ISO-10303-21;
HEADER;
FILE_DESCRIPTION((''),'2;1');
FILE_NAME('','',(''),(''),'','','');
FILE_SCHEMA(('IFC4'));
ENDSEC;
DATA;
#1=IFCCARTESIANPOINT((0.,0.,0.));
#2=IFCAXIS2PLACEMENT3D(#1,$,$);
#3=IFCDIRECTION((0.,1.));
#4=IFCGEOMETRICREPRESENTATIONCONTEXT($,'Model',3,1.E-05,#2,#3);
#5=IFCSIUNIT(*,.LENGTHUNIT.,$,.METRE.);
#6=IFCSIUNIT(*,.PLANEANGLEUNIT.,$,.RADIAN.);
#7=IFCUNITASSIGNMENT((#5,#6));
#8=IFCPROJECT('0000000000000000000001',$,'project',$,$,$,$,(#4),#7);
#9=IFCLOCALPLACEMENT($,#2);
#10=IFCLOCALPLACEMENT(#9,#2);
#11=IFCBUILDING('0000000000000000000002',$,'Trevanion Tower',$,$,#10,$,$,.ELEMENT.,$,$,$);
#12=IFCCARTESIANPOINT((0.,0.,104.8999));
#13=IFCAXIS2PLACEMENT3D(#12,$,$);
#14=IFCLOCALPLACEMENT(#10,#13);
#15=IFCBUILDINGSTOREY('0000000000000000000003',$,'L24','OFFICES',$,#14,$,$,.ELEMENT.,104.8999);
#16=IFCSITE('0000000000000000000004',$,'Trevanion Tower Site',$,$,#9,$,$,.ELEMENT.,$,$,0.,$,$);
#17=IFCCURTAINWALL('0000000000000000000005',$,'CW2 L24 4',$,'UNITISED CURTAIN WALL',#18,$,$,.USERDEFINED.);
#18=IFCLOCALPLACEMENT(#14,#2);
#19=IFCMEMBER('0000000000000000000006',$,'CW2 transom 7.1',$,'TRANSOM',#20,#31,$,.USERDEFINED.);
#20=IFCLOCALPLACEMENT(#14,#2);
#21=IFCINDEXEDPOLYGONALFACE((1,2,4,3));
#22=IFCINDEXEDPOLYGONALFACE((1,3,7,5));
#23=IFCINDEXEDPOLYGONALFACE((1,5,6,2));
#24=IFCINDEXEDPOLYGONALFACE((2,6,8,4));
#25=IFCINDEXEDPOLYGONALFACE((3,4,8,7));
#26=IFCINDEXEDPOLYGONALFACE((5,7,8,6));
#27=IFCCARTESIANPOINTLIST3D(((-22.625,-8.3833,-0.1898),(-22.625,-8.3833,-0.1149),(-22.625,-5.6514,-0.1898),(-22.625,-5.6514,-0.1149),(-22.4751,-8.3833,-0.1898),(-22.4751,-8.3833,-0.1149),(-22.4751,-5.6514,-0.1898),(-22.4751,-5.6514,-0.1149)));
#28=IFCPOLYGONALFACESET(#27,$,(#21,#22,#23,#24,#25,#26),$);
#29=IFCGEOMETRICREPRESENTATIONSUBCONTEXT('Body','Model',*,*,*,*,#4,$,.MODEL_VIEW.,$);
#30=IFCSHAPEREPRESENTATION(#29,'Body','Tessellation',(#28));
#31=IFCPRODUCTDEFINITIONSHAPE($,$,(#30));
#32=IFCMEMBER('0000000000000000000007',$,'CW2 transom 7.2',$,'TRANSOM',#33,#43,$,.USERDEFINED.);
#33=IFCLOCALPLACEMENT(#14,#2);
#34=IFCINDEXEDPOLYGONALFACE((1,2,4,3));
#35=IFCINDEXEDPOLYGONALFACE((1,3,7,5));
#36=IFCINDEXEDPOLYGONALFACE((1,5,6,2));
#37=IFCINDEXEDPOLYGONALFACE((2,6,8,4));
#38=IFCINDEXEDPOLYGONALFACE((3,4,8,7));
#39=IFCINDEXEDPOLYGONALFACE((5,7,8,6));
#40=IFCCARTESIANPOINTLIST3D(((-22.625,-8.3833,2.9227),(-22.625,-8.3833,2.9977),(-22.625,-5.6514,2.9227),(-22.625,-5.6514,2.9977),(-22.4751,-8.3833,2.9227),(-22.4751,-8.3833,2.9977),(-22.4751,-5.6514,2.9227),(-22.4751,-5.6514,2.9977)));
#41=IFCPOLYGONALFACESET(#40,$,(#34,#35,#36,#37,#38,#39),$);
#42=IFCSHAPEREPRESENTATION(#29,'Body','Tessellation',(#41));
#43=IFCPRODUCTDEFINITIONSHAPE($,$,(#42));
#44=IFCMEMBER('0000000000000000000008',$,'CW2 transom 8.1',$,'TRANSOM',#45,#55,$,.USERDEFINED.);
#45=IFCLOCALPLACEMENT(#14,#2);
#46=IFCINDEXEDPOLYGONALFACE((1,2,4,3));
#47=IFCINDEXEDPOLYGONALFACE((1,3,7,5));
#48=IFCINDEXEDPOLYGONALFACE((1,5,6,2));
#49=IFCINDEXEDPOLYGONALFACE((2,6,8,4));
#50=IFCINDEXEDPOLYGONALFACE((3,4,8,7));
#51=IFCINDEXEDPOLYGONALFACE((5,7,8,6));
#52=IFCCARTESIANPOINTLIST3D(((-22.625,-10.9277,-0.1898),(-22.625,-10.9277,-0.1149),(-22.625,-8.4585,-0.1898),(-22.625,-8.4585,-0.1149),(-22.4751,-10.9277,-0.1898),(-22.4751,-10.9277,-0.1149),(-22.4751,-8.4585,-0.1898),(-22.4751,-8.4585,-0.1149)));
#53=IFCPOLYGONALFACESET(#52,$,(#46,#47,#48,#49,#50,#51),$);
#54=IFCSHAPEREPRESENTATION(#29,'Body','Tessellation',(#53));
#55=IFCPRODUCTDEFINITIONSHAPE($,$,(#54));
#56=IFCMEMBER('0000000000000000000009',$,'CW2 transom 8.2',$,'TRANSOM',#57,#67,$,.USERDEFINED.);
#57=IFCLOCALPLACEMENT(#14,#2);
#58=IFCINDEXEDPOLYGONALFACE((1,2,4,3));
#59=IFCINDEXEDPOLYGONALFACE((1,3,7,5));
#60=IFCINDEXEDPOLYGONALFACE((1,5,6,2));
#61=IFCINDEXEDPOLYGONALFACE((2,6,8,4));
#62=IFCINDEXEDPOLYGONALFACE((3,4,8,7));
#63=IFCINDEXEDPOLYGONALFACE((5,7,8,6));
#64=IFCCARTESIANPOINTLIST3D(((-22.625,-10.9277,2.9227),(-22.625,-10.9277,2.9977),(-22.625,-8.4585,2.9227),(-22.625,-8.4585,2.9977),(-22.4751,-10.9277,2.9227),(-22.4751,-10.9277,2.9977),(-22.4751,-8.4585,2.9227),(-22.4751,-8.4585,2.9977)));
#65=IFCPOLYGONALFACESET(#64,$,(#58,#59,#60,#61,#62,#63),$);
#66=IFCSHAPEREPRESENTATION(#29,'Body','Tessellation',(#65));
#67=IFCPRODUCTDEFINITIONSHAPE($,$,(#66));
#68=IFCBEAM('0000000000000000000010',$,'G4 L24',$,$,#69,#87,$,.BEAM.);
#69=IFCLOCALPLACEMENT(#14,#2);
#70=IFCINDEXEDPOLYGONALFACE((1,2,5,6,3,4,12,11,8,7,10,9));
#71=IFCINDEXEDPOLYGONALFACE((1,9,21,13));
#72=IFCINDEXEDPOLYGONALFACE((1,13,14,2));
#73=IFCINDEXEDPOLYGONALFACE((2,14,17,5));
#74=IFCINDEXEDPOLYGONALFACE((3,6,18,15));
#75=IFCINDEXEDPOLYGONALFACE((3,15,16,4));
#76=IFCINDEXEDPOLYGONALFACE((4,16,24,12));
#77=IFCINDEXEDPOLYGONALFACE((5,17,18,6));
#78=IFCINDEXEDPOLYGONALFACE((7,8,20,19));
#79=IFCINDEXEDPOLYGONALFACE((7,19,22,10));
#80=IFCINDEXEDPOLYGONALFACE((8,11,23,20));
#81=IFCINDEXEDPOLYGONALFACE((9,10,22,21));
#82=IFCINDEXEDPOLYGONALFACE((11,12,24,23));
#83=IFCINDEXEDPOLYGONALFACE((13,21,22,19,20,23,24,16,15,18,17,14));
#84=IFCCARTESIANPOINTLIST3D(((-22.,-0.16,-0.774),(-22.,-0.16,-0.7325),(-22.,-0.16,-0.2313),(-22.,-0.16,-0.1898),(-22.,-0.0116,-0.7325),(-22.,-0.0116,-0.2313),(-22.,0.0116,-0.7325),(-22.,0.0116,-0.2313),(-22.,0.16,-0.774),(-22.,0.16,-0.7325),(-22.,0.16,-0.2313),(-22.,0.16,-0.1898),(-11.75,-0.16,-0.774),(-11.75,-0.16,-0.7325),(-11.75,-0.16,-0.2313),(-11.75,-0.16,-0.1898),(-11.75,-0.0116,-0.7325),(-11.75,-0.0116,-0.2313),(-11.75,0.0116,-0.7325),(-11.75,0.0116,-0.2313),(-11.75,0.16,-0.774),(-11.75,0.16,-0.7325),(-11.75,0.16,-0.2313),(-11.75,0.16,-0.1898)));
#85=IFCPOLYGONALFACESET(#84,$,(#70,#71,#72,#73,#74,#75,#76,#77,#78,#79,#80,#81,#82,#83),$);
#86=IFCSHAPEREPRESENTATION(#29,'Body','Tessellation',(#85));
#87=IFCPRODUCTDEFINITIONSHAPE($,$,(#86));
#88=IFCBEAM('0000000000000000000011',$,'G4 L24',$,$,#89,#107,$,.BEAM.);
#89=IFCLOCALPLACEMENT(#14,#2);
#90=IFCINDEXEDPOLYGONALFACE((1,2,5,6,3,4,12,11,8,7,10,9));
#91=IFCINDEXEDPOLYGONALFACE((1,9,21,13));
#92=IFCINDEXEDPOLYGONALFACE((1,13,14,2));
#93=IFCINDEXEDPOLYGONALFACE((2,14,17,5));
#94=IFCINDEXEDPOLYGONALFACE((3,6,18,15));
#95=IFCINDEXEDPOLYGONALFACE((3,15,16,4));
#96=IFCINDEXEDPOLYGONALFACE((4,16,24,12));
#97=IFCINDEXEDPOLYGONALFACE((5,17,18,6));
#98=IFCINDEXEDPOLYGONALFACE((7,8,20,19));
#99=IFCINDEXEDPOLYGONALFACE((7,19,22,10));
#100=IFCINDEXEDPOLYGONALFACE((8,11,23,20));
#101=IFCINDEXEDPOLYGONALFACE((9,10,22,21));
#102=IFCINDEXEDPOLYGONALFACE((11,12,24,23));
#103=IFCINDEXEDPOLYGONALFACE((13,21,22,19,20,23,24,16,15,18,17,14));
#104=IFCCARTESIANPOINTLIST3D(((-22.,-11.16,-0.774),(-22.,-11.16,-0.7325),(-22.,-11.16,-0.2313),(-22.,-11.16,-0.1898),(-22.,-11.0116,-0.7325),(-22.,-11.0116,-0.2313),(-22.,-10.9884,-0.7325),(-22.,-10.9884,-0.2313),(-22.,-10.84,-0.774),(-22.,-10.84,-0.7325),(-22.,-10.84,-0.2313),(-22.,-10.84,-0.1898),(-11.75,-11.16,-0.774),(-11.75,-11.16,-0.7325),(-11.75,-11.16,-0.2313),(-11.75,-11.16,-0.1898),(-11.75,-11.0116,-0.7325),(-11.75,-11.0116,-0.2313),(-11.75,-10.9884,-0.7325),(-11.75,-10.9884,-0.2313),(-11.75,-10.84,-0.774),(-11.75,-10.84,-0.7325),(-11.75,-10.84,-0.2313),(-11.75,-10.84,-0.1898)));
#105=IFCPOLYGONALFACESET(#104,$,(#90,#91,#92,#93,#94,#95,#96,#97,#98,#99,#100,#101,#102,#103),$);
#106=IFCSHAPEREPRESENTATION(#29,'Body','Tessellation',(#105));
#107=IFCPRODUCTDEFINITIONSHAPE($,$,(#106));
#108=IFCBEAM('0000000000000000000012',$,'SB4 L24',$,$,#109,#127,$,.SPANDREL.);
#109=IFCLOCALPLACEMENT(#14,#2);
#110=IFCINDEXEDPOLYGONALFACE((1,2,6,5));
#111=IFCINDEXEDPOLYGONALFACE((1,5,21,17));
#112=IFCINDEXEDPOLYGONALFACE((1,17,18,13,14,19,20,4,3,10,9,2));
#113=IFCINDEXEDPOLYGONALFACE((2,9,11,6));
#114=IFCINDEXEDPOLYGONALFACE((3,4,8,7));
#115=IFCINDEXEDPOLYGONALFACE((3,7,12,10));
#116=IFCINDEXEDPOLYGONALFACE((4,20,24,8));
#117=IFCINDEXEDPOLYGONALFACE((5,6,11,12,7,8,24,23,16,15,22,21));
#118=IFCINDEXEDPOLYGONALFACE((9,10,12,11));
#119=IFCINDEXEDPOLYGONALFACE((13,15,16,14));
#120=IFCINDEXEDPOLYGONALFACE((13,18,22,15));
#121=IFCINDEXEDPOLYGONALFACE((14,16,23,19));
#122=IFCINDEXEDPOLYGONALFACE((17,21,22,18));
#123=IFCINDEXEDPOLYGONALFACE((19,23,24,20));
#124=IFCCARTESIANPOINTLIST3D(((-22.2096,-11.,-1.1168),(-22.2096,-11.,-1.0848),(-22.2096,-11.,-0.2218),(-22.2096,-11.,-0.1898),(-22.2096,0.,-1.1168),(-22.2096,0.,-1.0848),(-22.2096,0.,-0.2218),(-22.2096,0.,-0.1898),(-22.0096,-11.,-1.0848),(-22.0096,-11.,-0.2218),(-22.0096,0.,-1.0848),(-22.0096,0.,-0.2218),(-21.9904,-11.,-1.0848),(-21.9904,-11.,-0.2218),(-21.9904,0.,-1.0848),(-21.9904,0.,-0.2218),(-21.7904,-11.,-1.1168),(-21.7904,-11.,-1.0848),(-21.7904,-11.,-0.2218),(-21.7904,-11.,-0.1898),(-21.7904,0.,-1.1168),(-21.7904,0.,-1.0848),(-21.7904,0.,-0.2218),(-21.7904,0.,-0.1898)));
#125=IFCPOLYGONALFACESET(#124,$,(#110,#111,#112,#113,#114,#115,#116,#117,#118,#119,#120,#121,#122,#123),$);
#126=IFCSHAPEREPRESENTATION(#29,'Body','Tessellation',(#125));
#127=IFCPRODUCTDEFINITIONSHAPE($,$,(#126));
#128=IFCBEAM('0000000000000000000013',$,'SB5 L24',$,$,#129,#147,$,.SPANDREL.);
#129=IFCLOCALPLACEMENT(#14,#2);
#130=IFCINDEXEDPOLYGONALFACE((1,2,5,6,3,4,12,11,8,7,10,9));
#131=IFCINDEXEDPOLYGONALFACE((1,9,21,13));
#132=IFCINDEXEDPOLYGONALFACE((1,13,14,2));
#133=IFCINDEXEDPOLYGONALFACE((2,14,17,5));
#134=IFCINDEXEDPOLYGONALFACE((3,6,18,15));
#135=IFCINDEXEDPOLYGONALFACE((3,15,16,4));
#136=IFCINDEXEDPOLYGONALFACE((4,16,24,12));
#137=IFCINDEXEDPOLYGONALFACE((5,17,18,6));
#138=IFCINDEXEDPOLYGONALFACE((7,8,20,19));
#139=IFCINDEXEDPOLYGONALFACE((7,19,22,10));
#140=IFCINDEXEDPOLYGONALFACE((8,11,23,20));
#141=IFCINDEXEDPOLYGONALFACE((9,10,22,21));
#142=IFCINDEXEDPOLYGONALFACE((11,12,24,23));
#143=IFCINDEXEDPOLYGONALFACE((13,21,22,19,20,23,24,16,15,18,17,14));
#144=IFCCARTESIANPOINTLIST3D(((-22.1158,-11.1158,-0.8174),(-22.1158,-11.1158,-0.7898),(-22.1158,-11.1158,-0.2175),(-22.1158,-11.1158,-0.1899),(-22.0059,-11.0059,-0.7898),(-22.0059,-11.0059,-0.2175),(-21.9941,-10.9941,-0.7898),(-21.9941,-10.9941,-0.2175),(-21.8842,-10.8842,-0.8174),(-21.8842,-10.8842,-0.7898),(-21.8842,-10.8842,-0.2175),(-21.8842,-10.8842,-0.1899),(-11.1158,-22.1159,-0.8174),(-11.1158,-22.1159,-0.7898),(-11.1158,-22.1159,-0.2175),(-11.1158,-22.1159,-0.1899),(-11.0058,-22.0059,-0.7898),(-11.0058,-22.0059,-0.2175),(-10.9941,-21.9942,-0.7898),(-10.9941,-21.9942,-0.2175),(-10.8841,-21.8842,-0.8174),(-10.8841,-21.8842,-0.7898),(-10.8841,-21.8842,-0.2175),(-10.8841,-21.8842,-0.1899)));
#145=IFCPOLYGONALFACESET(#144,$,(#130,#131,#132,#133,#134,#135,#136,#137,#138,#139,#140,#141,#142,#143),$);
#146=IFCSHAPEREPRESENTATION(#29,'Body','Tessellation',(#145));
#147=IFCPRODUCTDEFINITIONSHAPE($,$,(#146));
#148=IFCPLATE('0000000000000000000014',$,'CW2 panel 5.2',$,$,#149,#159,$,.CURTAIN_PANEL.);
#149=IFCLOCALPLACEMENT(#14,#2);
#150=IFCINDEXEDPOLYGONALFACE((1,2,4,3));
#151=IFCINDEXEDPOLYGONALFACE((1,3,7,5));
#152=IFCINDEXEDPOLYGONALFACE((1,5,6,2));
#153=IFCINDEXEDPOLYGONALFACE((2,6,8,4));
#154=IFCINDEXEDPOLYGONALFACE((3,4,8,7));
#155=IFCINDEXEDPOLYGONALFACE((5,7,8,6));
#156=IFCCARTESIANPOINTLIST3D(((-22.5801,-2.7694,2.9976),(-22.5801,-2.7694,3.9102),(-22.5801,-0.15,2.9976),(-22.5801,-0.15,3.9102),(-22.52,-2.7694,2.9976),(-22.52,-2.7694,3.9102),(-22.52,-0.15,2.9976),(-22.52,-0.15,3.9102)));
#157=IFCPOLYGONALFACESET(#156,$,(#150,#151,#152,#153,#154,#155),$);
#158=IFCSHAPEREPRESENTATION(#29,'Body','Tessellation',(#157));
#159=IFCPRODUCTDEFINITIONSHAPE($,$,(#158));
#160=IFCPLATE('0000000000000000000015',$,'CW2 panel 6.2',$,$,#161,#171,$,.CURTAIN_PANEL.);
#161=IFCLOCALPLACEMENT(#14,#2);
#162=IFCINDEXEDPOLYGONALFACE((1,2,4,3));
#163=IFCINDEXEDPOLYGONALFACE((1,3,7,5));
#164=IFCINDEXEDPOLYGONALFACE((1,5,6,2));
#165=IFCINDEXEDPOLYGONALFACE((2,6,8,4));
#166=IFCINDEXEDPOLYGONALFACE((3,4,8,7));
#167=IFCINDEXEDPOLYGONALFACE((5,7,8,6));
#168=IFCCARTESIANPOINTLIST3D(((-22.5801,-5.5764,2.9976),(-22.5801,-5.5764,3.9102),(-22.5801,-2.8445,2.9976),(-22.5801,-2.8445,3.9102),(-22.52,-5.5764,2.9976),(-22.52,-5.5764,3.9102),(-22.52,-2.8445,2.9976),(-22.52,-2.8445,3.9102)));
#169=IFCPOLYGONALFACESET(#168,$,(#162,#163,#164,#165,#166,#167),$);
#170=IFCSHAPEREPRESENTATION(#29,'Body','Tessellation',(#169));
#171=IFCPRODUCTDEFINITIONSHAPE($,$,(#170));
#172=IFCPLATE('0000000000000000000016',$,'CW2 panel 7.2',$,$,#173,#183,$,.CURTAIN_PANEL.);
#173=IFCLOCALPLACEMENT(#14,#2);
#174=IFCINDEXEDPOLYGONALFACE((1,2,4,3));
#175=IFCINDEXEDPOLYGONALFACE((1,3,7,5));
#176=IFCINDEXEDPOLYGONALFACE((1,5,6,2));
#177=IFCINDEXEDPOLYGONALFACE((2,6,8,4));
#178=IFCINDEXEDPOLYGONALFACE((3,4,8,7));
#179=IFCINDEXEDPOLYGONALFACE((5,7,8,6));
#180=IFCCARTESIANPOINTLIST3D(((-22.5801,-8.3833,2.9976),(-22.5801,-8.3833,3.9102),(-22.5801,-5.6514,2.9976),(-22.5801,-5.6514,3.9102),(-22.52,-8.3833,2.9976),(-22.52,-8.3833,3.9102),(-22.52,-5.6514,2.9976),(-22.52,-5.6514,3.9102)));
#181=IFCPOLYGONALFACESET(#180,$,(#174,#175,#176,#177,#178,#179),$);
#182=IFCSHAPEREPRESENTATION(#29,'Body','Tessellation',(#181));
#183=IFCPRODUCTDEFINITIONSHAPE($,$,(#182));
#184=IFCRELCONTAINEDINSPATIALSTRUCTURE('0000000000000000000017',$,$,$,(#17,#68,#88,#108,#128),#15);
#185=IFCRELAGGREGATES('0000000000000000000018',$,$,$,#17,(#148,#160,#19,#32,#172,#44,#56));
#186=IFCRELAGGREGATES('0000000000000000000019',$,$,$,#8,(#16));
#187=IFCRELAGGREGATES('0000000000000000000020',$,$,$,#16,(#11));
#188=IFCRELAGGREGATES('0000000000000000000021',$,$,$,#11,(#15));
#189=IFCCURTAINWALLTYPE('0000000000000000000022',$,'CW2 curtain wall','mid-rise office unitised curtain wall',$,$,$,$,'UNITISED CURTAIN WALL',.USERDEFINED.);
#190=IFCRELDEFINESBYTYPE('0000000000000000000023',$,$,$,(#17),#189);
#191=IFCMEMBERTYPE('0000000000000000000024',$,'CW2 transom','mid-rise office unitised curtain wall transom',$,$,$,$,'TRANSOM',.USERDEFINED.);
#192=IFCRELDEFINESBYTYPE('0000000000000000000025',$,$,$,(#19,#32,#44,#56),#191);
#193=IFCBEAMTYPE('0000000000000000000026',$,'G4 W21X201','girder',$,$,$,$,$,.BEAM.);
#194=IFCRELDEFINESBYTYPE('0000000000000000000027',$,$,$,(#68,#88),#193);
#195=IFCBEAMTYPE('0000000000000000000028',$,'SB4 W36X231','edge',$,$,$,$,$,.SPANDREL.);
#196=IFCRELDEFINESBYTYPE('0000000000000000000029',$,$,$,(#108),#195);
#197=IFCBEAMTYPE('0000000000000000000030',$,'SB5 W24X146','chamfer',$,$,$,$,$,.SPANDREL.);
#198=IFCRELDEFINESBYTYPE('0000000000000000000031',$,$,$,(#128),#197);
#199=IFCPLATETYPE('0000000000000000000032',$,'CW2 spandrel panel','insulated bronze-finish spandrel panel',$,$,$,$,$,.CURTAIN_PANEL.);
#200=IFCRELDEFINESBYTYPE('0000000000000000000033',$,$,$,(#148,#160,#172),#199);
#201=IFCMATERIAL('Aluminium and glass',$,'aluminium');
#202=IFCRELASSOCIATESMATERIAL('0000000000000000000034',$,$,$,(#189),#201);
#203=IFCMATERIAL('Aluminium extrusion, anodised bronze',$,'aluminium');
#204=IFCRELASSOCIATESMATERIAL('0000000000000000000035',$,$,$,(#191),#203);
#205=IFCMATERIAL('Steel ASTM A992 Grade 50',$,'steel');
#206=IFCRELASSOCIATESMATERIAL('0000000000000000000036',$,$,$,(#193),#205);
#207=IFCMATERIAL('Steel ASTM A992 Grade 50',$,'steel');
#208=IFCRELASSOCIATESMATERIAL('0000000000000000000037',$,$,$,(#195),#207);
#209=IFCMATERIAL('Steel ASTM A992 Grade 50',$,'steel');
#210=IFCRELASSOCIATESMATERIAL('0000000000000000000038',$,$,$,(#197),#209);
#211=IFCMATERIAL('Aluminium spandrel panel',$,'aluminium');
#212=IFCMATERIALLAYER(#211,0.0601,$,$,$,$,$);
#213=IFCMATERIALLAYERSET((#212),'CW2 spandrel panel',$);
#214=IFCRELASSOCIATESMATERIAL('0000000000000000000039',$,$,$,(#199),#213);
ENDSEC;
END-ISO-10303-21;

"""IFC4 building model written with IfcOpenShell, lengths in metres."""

from ifc_helpers import new_model, si_unit, direction, frame, origin, origin_2d, place, context, subcontext, project, spatial, rectangle, i_section, extrude, material, layer, layer_set, material_profile, profile_set, type_object, element, aggregate, save


model = new_model("IFC4")

# Units and contexts
model_context = context("Model", 3, precision=1e-05, world=origin(), true_north=direction((0.0, 1.0)))
body_context = subcontext(model_context, "Body", "Model", "MODEL_VIEW")
ifc_project = project(units=[si_unit("LENGTHUNIT", "METRE"), si_unit("PLANEANGLEUNIT", "RADIAN")], contexts=[model_context])

# Site, building, storey
site_placement = place(None, origin())
site = spatial("IfcSite", under=ifc_project, at=site_placement, Name="Trevanion Tower Site", CompositionType="ELEMENT", RefElevation=0.0)
building_placement = place(site_placement, origin())
building = spatial("IfcBuilding", under=site, at=building_placement, Name="Trevanion Tower", CompositionType="ELEMENT")
storey_placement = place(building_placement, frame((0.0, 0.0, 104.8999)))
storey = spatial("IfcBuildingStorey", under=building, at=storey_placement, Name="L24", Description="OFFICES", CompositionType="ELEMENT", Elevation=104.8999)

# Curtain wall, members
ifc_material_1 = material(Name="Aluminium and glass", Category="aluminium")
curtain_wall_type = type_object("IfcCurtainWallType", Name="CW2 curtain wall", Description="mid-rise office unitised curtain wall", ElementType="UNITISED CURTAIN WALL", PredefinedType="USERDEFINED", material=ifc_material_1)
curtain_wall_placement = place(storey_placement, origin())
curtain_wall = element("IfcCurtainWall", 1, at=curtain_wall_placement, inside=storey, type_object=curtain_wall_type, Name="CW2 L24 4", ObjectType="UNITISED CURTAIN WALL", PredefinedType="USERDEFINED")
ifc_material_2 = material(Name="Aluminium extrusion, anodised bronze", Category="aluminium")
ifc_material_profile_1 = material_profile(ifc_material_2, rectangle(XDim=0.1499, YDim=0.075, at=origin_2d()), Name="CW2 transom")
ifc_profile_set_1 = profile_set([ifc_material_profile_1], Name="Aluminium extrusion, anodised bronze")
member_type_1 = type_object("IfcMemberType", Name="CW2 transom", Description="mid-rise office unitised curtain wall transom", ElementType="TRANSOM", PredefinedType="USERDEFINED", material=ifc_profile_set_1)
member_1_placement = place(storey_placement, frame((-22.55, -5.6514, -0.1523), z_axis=(0.0, -1.0, 0.0), x_axis=(1.0, 0.0, 0.0)))
member_1 = element("IfcMember", 2, at=member_1_placement, type_object=member_type_1, Name="CW2 transom 7.1", ObjectType="TRANSOM", PredefinedType="USERDEFINED", context=body_context, shape_type="SweptSolid", body=[
    extrude(rectangle(XDim=0.1499, YDim=0.075, at=origin_2d()), origin(), (0.0, 0.0, 1.0), 2.7319),
])
member_2_placement = place(storey_placement, frame((-22.55, -5.6514, 2.9602), z_axis=(0.0, -1.0, 0.0), x_axis=(1.0, 0.0, 0.0)))
member_2 = element("IfcMember", 3, at=member_2_placement, type_object=member_type_1, Name="CW2 transom 7.2", ObjectType="TRANSOM", PredefinedType="USERDEFINED", context=body_context, shape_type="SweptSolid", body=[
    extrude(rectangle(XDim=0.1499, YDim=0.075, at=origin_2d()), origin(), (0.0, 0.0, 1.0), 2.7319),
])
member_3_placement = place(storey_placement, frame((-22.55, -8.4585, -0.1523), z_axis=(0.0, -1.0, 0.0), x_axis=(1.0, 0.0, 0.0)))
member_3 = element("IfcMember", 4, at=member_3_placement, type_object=member_type_1, Name="CW2 transom 8.1", ObjectType="TRANSOM", PredefinedType="USERDEFINED", context=body_context, shape_type="SweptSolid", body=[
    extrude(rectangle(XDim=0.1499, YDim=0.075, at=origin_2d()), origin(), (0.0, 0.0, 1.0), 2.4692),
])
member_4_placement = place(storey_placement, frame((-22.55, -8.4585, 2.9602), z_axis=(0.0, -1.0, 0.0), x_axis=(1.0, 0.0, 0.0)))
member_4 = element("IfcMember", 5, at=member_4_placement, type_object=member_type_1, Name="CW2 transom 8.2", ObjectType="TRANSOM", PredefinedType="USERDEFINED", context=body_context, shape_type="SweptSolid", body=[
    extrude(rectangle(XDim=0.1499, YDim=0.075, at=origin_2d()), origin(), (0.0, 0.0, 1.0), 2.4692),
])

# Beams
ifc_material_3 = material(Name="Steel ASTM A992 Grade 50", Category="steel")
ifc_material_profile_2 = material_profile(ifc_material_3, i_section(OverallWidth=0.3201, OverallDepth=0.5842, WebThickness=0.0232, FlangeThickness=0.0415, at=origin_2d()), Name="W21X201")
ifc_profile_set_2 = profile_set([ifc_material_profile_2], Name="Steel ASTM A992 Grade 50")
beam_type_1 = type_object("IfcBeamType", Name="G4 W21X201", Description="girder", PredefinedType="BEAM", material=ifc_profile_set_2)
for number, where, z_axis, x_axis, name in (
    (6, (-11.75, 0.0, -0.4819), (-1.0, 0.0, 0.0), (0.0, -1.0, 0.0), "G4 L24"),
    (7, (-11.75, -11.0, -0.4819), (-1.0, 0.0, 0.0), (0.0, -1.0, 0.0), "G4 L24"),
):
    element("IfcBeam", number, at=place(storey_placement, frame(where, z_axis=z_axis, x_axis=x_axis)), inside=storey, type_object=beam_type_1, Name=name, PredefinedType="BEAM", context=body_context, shape_type="SweptSolid", body=[
        extrude(i_section(OverallWidth=0.3201, OverallDepth=0.5842, WebThickness=0.0232, FlangeThickness=0.0415, at=origin_2d()), origin(), (0.0, 0.0, 1.0), 10.25),
    ])
ifc_material_4 = material(Name="Steel ASTM A992 Grade 50", Category="steel")
ifc_material_profile_3 = material_profile(ifc_material_4, i_section(OverallWidth=0.4192, OverallDepth=0.927, WebThickness=0.0193, FlangeThickness=0.032, at=origin_2d()), Name="W36X231")
ifc_profile_set_3 = profile_set([ifc_material_profile_3], Name="Steel ASTM A992 Grade 50")
beam_type_2 = type_object("IfcBeamType", Name="SB4 W36X231", Description="edge", PredefinedType="SPANDREL", material=ifc_profile_set_3)
beam_1_placement = place(storey_placement, frame((-22.0, 0.0, -0.6533), z_axis=(0.0, -1.0, 0.0), x_axis=(1.0, 0.0, 0.0)))
element("IfcBeam", 8, at=beam_1_placement, inside=storey, type_object=beam_type_2, Name="SB4 L24", PredefinedType="SPANDREL", context=body_context, shape_type="SweptSolid", body=[
    extrude(i_section(OverallWidth=0.4192, OverallDepth=0.927, WebThickness=0.0193, FlangeThickness=0.032, at=origin_2d()), origin(), (0.0, 0.0, 1.0), 11.0),
])
ifc_material_5 = material(Name="Steel ASTM A992 Grade 50", Category="steel")
ifc_material_profile_4 = material_profile(ifc_material_5, i_section(OverallWidth=0.3276, OverallDepth=0.6274, WebThickness=0.0166, FlangeThickness=0.0276, at=origin_2d()), Name="W24X146")
ifc_profile_set_4 = profile_set([ifc_material_profile_4], Name="Steel ASTM A992 Grade 50")
beam_type_3 = type_object("IfcBeamType", Name="SB5 W24X146", Description="chamfer", PredefinedType="SPANDREL", material=ifc_profile_set_4)
beam_2_placement = place(storey_placement, frame((-22.0, -11.0, -0.5037), z_axis=(0.707107, -0.707107, 0.0), x_axis=(0.707107, 0.707107, 0.0)))
element("IfcBeam", 9, at=beam_2_placement, inside=storey, type_object=beam_type_3, Name="SB5 L24", PredefinedType="SPANDREL", context=body_context, shape_type="SweptSolid", body=[
    extrude(i_section(OverallWidth=0.3276, OverallDepth=0.6274, WebThickness=0.0166, FlangeThickness=0.0276, at=origin_2d()), origin(), (0.0, 0.0, 1.0), 15.5564),
])

# Plates
ifc_material_6 = material(Name="Aluminium spandrel panel", Category="aluminium")
ifc_layer_1 = layer(ifc_material_6, 0.0601)
ifc_layer_set_1 = layer_set([ifc_layer_1], Name="CW2 spandrel panel")
plate_type_1 = type_object("IfcPlateType", Name="CW2 spandrel panel", Description="insulated bronze-finish spandrel panel", PredefinedType="CURTAIN_PANEL", material=ifc_layer_set_1)
plate_1_placement = place(storey_placement, frame((-22.55, -1.4597, 2.9976), z_axis=(0.0, 0.0, 1.0), x_axis=(0.0, -1.0, 0.0)))
plate_1 = element("IfcPlate", 10, at=plate_1_placement, type_object=plate_type_1, Name="CW2 panel 5.2", PredefinedType="CURTAIN_PANEL", context=body_context, shape_type="SweptSolid", body=[
    extrude(rectangle(XDim=2.6194, YDim=0.0601, at=origin_2d()), origin(), (0.0, 0.0, 1.0), 0.9126),
])
plate_2_placement = place(storey_placement, frame((-22.55, -4.2104, 2.9976), z_axis=(0.0, 0.0, 1.0), x_axis=(0.0, -1.0, 0.0)))
plate_2 = element("IfcPlate", 11, at=plate_2_placement, type_object=plate_type_1, Name="CW2 panel 6.2", PredefinedType="CURTAIN_PANEL", context=body_context, shape_type="SweptSolid", body=[
    extrude(rectangle(XDim=2.7319, YDim=0.0601, at=origin_2d()), origin(), (0.0, 0.0, 1.0), 0.9126),
])
plate_3_placement = place(storey_placement, frame((-22.55, -7.0173, 2.9976), z_axis=(0.0, 0.0, 1.0), x_axis=(0.0, -1.0, 0.0)))
plate_3 = element("IfcPlate", 12, at=plate_3_placement, type_object=plate_type_1, Name="CW2 panel 7.2", PredefinedType="CURTAIN_PANEL", context=body_context, shape_type="SweptSolid", body=[
    extrude(rectangle(XDim=2.7319, YDim=0.0601, at=origin_2d()), origin(), (0.0, 0.0, 1.0), 0.9126),
])
aggregate(curtain_wall, [plate_1, plate_2, member_1, member_2, plate_3, member_3, member_4])

save(model, "model.ifc")
